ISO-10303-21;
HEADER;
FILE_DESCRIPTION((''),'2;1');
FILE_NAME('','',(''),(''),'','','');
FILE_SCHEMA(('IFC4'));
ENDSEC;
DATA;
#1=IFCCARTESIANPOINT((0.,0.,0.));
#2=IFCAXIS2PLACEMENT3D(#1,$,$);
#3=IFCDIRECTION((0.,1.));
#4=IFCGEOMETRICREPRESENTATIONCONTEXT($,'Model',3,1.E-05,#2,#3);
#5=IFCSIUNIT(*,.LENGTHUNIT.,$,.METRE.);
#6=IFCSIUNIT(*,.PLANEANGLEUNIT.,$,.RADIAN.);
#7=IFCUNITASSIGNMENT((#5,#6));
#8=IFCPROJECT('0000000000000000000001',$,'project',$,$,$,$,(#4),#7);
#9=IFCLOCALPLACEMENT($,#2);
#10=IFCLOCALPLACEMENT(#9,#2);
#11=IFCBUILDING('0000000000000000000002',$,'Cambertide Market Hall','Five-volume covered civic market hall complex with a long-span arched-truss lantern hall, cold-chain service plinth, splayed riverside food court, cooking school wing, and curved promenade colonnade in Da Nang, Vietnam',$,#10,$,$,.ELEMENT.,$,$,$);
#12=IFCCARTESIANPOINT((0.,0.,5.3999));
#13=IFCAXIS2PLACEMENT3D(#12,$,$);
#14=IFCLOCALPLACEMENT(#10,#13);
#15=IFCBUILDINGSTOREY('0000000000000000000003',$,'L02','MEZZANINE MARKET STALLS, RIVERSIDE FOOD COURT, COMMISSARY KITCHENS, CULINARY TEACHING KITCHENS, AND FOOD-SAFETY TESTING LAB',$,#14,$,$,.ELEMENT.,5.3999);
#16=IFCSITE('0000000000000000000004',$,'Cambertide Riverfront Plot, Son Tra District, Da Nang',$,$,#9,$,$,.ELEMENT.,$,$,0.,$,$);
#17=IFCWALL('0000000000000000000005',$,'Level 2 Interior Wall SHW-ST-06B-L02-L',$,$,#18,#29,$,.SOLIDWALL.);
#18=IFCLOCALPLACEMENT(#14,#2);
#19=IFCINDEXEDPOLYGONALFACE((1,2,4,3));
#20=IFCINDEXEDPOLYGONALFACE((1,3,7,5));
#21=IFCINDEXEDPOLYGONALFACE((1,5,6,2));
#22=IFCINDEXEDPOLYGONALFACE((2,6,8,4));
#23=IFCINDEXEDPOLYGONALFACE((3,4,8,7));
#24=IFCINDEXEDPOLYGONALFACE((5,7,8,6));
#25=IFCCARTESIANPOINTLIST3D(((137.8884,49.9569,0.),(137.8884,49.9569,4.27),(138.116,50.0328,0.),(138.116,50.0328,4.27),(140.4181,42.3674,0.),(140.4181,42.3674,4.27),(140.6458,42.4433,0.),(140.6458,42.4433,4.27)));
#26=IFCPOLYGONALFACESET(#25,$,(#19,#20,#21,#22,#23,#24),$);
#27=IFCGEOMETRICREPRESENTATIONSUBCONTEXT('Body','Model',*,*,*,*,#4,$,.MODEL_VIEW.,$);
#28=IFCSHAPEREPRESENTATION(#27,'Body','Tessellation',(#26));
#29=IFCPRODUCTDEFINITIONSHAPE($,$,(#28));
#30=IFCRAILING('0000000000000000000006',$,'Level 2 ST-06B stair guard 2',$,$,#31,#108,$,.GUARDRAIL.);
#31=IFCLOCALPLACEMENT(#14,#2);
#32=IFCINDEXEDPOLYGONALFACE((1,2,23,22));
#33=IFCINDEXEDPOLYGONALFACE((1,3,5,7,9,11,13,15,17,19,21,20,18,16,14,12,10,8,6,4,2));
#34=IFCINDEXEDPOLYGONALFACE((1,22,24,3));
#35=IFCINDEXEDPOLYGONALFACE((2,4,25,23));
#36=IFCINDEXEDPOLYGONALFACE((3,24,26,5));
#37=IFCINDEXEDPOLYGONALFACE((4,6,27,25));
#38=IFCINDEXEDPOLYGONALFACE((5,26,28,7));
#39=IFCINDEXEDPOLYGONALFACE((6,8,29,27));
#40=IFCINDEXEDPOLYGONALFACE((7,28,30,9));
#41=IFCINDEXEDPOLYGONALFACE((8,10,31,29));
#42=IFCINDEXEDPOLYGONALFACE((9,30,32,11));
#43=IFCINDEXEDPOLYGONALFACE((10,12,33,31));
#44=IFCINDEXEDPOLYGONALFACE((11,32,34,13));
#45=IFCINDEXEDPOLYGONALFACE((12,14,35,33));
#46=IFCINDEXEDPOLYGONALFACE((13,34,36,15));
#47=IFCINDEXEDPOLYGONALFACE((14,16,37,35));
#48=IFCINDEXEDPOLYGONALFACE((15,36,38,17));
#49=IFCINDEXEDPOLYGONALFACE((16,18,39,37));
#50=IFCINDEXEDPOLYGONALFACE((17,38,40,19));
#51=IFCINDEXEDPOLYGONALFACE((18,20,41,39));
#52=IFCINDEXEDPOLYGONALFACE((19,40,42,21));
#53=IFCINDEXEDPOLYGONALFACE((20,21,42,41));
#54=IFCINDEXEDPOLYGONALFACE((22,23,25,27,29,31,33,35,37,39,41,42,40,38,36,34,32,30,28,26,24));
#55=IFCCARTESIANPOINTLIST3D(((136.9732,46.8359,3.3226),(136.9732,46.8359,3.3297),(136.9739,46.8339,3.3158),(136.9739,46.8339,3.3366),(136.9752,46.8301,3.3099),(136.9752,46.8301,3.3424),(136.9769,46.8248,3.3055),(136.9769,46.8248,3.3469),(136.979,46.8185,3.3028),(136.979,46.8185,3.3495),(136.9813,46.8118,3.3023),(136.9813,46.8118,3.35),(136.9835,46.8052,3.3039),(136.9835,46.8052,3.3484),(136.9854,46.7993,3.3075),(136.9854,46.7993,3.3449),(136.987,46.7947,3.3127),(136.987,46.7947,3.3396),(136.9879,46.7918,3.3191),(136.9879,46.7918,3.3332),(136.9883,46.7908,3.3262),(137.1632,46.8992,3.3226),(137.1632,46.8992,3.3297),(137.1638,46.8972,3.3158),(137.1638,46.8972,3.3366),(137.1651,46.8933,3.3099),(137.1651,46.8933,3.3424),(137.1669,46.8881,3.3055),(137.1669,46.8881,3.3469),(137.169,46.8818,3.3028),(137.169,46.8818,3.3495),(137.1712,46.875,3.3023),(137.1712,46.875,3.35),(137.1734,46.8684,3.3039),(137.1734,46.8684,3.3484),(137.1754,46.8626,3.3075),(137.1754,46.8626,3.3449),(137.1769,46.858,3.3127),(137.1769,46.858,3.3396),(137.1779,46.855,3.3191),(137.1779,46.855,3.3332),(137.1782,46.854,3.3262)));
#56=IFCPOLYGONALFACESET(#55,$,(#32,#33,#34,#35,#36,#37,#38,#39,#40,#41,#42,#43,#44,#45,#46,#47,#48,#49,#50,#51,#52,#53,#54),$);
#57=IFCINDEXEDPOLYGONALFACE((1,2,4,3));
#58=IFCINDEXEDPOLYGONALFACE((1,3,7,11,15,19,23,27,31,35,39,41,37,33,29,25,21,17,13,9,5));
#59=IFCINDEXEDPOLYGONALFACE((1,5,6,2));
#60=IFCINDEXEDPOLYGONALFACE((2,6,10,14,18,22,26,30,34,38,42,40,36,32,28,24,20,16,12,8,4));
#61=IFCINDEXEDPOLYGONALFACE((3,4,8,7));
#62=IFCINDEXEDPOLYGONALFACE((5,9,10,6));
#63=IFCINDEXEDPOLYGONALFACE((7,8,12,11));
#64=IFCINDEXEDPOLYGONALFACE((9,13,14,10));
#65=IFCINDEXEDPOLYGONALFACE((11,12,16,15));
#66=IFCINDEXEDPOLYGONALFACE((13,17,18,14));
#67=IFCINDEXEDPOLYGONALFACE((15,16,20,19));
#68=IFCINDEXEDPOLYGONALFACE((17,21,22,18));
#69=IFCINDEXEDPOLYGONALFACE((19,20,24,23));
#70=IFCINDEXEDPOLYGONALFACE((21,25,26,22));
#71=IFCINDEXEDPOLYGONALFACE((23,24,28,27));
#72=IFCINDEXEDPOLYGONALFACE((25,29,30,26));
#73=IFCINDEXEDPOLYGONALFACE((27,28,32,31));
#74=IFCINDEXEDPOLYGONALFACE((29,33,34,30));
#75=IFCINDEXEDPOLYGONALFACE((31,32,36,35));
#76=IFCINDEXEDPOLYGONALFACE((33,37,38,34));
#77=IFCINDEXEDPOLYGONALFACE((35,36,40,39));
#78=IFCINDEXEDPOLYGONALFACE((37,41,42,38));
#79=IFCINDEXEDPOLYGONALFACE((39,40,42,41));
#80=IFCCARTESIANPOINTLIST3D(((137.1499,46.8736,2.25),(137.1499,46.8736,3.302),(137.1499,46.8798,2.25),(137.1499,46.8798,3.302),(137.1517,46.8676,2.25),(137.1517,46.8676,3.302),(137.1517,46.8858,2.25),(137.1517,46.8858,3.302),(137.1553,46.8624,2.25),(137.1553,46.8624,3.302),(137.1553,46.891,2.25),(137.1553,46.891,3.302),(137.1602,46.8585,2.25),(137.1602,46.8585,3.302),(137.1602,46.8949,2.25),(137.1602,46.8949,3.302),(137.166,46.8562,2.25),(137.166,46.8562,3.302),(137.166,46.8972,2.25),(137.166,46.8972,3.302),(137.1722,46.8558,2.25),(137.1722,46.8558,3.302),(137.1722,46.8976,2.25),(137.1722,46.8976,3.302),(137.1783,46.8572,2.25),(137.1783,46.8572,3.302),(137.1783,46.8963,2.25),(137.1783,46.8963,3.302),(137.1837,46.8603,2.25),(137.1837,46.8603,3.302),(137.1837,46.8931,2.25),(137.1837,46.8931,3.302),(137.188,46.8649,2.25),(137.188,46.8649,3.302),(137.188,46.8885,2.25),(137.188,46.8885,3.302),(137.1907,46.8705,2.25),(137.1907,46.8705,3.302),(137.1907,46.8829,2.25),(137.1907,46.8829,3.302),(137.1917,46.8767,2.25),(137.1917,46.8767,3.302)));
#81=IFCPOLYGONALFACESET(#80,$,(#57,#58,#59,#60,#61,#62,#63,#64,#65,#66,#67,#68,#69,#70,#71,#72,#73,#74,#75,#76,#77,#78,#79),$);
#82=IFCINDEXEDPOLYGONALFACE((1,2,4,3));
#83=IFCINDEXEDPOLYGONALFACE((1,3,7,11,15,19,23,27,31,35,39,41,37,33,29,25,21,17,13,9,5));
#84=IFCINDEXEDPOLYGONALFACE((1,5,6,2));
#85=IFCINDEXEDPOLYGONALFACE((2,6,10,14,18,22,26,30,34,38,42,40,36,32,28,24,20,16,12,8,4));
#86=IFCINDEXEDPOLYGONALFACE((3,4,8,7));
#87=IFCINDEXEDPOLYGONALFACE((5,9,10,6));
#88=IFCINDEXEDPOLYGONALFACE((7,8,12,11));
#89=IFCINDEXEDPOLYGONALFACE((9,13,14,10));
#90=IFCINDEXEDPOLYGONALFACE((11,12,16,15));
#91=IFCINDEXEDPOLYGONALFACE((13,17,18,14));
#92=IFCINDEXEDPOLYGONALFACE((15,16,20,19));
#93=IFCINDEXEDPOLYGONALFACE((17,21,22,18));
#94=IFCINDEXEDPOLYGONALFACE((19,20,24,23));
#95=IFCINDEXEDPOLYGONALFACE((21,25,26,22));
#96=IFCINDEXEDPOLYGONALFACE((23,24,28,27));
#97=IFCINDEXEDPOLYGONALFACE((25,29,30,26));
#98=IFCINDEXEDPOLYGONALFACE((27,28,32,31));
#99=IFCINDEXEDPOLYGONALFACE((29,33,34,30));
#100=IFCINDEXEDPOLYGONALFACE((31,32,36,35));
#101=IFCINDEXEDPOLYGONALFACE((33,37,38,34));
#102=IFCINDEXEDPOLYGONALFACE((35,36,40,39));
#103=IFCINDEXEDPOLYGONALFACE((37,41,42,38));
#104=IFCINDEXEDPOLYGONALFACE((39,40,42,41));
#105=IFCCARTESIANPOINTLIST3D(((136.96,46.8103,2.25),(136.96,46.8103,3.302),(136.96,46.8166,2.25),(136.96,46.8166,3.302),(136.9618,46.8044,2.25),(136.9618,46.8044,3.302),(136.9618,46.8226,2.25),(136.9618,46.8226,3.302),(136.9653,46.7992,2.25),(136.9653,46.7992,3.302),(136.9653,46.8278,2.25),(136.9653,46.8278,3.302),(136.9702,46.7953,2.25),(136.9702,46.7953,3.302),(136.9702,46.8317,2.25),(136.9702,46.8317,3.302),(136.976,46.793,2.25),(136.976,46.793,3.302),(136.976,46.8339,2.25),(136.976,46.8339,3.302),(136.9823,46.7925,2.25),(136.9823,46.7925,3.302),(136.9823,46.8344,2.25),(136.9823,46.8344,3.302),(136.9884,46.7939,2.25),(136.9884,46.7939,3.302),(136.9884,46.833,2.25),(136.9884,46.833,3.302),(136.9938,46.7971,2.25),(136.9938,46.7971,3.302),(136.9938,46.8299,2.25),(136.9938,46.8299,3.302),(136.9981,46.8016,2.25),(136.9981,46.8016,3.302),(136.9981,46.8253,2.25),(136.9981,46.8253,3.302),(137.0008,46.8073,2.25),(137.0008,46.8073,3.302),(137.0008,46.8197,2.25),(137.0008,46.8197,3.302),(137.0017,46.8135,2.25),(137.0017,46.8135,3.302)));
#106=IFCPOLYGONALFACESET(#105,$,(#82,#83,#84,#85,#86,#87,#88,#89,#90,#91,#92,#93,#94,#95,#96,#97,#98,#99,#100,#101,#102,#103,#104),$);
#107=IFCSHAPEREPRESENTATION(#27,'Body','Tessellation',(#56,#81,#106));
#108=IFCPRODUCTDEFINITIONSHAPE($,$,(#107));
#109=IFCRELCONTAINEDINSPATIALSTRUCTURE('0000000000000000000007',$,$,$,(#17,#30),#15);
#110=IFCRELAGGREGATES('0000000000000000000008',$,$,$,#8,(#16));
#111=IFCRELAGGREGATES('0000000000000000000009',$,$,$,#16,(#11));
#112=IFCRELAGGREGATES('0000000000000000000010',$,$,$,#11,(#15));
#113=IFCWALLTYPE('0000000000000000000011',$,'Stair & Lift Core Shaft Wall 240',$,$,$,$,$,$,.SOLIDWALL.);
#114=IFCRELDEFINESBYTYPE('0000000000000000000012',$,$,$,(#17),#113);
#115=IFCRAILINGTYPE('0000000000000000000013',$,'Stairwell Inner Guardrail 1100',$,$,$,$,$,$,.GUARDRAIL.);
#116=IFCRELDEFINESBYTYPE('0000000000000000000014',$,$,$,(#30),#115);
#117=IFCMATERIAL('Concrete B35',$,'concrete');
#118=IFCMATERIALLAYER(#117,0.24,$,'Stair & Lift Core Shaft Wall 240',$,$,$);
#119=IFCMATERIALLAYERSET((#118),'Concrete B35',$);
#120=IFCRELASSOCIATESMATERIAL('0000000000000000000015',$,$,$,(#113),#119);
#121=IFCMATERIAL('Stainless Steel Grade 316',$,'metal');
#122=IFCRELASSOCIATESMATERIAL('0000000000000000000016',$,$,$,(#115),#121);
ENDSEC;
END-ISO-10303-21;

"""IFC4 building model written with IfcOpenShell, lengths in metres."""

from ifc_helpers import new_model, si_unit, direction, frame, frame_2d, origin, origin_2d, place, context, subcontext, project, spatial, rectangle, circle, extrude, material, layer, layer_set, type_object, element, save


model = new_model("IFC4")

# Units and contexts
model_context = context("Model", 3, precision=1e-05, world=origin(), true_north=direction((0.0, 1.0)))
body_context = subcontext(model_context, "Body", "Model", "MODEL_VIEW")
ifc_project = project(units=[si_unit("LENGTHUNIT", "METRE"), si_unit("PLANEANGLEUNIT", "RADIAN")], contexts=[model_context])

# Site, building, storey
site_placement = place(None, origin())
site = spatial("IfcSite", under=ifc_project, at=site_placement, Name="Cambertide Riverfront Plot, Son Tra District, Da Nang", CompositionType="ELEMENT", RefElevation=0.0)
building_placement = place(site_placement, origin())
building = spatial("IfcBuilding", under=site, at=building_placement, Name="Cambertide Market Hall", Description="Five-volume covered civic market hall complex with a long-span arched-truss lantern hall, cold-chain service plinth, splayed riverside food court, cooking school wing, and curved promenade colonnade in Da Nang, Vietnam", CompositionType="ELEMENT")
storey_placement = place(building_placement, frame((0.0, 0.0, 5.3999)))
storey = spatial("IfcBuildingStorey", under=building, at=storey_placement, Name="L02", Description="MEZZANINE MARKET STALLS, RIVERSIDE FOOD COURT, COMMISSARY KITCHENS, CULINARY TEACHING KITCHENS, AND FOOD-SAFETY TESTING LAB", CompositionType="ELEMENT", Elevation=5.3999)

# Wall
ifc_material_1 = material(Name="Concrete B35", Category="concrete")
ifc_layer_1 = layer(ifc_material_1, 0.24, Name="Stair & Lift Core Shaft Wall 240")
ifc_layer_set_1 = layer_set([ifc_layer_1], Name="Concrete B35")
wall_type = type_object("IfcWallType", Name="Stair & Lift Core Shaft Wall 240", PredefinedType="SOLIDWALL", material=ifc_layer_set_1)
wall_placement = place(storey_placement, frame((138.0022, 49.9949, 0.0), z_axis=(0.0, 0.0, 1.0), x_axis=(0.316219, -0.948686, 0.0)))
element("IfcWall", 1, at=wall_placement, inside=storey, type_object=wall_type, Name="Level 2 Interior Wall SHW-ST-06B-L02-L", PredefinedType="SOLIDWALL", context=body_context, shape_type="SweptSolid", body=[
    extrude(rectangle(XDim=8.0, YDim=0.24, at=frame_2d((4.0, 0.0))), origin(), (0.0, 0.0, 1.0), 4.27),
])

# Railing
ifc_material_2 = material(Name="Stainless Steel Grade 316", Category="metal")
railing_type = type_object("IfcRailingType", Name="Stairwell Inner Guardrail 1100", PredefinedType="GUARDRAIL", material=ifc_material_2)
railing_1_placement = place(storey_placement, frame((137.1707, 46.8767, 2.25)))
element("IfcRailing", 2, at=railing_1_placement, inside=storey, type_object=railing_type, Name="Level 2 ST-06B stair guard 2", PredefinedType="GUARDRAIL", context=body_context, shape_type="SweptSolid", body=[
    extrude(circle(Radius=0.0239, at=origin_2d()), frame((0.0, 0.0, 1.0762), z_axis=(-0.948805, -0.315862, 0.0), x_axis=(0.315862, -0.948805, 0.0)), (0.0, 0.0, 1.0), 0.2002),
    extrude(circle(Radius=0.021, at=origin_2d()), origin(), (0.0, 0.0, 1.0), 1.052),
    extrude(circle(Radius=0.021, at=origin_2d()), frame((-0.1899, -0.0632, 0.0)), (0.0, 0.0, 1.0), 1.052),
])

save(model, "model.ifc")
